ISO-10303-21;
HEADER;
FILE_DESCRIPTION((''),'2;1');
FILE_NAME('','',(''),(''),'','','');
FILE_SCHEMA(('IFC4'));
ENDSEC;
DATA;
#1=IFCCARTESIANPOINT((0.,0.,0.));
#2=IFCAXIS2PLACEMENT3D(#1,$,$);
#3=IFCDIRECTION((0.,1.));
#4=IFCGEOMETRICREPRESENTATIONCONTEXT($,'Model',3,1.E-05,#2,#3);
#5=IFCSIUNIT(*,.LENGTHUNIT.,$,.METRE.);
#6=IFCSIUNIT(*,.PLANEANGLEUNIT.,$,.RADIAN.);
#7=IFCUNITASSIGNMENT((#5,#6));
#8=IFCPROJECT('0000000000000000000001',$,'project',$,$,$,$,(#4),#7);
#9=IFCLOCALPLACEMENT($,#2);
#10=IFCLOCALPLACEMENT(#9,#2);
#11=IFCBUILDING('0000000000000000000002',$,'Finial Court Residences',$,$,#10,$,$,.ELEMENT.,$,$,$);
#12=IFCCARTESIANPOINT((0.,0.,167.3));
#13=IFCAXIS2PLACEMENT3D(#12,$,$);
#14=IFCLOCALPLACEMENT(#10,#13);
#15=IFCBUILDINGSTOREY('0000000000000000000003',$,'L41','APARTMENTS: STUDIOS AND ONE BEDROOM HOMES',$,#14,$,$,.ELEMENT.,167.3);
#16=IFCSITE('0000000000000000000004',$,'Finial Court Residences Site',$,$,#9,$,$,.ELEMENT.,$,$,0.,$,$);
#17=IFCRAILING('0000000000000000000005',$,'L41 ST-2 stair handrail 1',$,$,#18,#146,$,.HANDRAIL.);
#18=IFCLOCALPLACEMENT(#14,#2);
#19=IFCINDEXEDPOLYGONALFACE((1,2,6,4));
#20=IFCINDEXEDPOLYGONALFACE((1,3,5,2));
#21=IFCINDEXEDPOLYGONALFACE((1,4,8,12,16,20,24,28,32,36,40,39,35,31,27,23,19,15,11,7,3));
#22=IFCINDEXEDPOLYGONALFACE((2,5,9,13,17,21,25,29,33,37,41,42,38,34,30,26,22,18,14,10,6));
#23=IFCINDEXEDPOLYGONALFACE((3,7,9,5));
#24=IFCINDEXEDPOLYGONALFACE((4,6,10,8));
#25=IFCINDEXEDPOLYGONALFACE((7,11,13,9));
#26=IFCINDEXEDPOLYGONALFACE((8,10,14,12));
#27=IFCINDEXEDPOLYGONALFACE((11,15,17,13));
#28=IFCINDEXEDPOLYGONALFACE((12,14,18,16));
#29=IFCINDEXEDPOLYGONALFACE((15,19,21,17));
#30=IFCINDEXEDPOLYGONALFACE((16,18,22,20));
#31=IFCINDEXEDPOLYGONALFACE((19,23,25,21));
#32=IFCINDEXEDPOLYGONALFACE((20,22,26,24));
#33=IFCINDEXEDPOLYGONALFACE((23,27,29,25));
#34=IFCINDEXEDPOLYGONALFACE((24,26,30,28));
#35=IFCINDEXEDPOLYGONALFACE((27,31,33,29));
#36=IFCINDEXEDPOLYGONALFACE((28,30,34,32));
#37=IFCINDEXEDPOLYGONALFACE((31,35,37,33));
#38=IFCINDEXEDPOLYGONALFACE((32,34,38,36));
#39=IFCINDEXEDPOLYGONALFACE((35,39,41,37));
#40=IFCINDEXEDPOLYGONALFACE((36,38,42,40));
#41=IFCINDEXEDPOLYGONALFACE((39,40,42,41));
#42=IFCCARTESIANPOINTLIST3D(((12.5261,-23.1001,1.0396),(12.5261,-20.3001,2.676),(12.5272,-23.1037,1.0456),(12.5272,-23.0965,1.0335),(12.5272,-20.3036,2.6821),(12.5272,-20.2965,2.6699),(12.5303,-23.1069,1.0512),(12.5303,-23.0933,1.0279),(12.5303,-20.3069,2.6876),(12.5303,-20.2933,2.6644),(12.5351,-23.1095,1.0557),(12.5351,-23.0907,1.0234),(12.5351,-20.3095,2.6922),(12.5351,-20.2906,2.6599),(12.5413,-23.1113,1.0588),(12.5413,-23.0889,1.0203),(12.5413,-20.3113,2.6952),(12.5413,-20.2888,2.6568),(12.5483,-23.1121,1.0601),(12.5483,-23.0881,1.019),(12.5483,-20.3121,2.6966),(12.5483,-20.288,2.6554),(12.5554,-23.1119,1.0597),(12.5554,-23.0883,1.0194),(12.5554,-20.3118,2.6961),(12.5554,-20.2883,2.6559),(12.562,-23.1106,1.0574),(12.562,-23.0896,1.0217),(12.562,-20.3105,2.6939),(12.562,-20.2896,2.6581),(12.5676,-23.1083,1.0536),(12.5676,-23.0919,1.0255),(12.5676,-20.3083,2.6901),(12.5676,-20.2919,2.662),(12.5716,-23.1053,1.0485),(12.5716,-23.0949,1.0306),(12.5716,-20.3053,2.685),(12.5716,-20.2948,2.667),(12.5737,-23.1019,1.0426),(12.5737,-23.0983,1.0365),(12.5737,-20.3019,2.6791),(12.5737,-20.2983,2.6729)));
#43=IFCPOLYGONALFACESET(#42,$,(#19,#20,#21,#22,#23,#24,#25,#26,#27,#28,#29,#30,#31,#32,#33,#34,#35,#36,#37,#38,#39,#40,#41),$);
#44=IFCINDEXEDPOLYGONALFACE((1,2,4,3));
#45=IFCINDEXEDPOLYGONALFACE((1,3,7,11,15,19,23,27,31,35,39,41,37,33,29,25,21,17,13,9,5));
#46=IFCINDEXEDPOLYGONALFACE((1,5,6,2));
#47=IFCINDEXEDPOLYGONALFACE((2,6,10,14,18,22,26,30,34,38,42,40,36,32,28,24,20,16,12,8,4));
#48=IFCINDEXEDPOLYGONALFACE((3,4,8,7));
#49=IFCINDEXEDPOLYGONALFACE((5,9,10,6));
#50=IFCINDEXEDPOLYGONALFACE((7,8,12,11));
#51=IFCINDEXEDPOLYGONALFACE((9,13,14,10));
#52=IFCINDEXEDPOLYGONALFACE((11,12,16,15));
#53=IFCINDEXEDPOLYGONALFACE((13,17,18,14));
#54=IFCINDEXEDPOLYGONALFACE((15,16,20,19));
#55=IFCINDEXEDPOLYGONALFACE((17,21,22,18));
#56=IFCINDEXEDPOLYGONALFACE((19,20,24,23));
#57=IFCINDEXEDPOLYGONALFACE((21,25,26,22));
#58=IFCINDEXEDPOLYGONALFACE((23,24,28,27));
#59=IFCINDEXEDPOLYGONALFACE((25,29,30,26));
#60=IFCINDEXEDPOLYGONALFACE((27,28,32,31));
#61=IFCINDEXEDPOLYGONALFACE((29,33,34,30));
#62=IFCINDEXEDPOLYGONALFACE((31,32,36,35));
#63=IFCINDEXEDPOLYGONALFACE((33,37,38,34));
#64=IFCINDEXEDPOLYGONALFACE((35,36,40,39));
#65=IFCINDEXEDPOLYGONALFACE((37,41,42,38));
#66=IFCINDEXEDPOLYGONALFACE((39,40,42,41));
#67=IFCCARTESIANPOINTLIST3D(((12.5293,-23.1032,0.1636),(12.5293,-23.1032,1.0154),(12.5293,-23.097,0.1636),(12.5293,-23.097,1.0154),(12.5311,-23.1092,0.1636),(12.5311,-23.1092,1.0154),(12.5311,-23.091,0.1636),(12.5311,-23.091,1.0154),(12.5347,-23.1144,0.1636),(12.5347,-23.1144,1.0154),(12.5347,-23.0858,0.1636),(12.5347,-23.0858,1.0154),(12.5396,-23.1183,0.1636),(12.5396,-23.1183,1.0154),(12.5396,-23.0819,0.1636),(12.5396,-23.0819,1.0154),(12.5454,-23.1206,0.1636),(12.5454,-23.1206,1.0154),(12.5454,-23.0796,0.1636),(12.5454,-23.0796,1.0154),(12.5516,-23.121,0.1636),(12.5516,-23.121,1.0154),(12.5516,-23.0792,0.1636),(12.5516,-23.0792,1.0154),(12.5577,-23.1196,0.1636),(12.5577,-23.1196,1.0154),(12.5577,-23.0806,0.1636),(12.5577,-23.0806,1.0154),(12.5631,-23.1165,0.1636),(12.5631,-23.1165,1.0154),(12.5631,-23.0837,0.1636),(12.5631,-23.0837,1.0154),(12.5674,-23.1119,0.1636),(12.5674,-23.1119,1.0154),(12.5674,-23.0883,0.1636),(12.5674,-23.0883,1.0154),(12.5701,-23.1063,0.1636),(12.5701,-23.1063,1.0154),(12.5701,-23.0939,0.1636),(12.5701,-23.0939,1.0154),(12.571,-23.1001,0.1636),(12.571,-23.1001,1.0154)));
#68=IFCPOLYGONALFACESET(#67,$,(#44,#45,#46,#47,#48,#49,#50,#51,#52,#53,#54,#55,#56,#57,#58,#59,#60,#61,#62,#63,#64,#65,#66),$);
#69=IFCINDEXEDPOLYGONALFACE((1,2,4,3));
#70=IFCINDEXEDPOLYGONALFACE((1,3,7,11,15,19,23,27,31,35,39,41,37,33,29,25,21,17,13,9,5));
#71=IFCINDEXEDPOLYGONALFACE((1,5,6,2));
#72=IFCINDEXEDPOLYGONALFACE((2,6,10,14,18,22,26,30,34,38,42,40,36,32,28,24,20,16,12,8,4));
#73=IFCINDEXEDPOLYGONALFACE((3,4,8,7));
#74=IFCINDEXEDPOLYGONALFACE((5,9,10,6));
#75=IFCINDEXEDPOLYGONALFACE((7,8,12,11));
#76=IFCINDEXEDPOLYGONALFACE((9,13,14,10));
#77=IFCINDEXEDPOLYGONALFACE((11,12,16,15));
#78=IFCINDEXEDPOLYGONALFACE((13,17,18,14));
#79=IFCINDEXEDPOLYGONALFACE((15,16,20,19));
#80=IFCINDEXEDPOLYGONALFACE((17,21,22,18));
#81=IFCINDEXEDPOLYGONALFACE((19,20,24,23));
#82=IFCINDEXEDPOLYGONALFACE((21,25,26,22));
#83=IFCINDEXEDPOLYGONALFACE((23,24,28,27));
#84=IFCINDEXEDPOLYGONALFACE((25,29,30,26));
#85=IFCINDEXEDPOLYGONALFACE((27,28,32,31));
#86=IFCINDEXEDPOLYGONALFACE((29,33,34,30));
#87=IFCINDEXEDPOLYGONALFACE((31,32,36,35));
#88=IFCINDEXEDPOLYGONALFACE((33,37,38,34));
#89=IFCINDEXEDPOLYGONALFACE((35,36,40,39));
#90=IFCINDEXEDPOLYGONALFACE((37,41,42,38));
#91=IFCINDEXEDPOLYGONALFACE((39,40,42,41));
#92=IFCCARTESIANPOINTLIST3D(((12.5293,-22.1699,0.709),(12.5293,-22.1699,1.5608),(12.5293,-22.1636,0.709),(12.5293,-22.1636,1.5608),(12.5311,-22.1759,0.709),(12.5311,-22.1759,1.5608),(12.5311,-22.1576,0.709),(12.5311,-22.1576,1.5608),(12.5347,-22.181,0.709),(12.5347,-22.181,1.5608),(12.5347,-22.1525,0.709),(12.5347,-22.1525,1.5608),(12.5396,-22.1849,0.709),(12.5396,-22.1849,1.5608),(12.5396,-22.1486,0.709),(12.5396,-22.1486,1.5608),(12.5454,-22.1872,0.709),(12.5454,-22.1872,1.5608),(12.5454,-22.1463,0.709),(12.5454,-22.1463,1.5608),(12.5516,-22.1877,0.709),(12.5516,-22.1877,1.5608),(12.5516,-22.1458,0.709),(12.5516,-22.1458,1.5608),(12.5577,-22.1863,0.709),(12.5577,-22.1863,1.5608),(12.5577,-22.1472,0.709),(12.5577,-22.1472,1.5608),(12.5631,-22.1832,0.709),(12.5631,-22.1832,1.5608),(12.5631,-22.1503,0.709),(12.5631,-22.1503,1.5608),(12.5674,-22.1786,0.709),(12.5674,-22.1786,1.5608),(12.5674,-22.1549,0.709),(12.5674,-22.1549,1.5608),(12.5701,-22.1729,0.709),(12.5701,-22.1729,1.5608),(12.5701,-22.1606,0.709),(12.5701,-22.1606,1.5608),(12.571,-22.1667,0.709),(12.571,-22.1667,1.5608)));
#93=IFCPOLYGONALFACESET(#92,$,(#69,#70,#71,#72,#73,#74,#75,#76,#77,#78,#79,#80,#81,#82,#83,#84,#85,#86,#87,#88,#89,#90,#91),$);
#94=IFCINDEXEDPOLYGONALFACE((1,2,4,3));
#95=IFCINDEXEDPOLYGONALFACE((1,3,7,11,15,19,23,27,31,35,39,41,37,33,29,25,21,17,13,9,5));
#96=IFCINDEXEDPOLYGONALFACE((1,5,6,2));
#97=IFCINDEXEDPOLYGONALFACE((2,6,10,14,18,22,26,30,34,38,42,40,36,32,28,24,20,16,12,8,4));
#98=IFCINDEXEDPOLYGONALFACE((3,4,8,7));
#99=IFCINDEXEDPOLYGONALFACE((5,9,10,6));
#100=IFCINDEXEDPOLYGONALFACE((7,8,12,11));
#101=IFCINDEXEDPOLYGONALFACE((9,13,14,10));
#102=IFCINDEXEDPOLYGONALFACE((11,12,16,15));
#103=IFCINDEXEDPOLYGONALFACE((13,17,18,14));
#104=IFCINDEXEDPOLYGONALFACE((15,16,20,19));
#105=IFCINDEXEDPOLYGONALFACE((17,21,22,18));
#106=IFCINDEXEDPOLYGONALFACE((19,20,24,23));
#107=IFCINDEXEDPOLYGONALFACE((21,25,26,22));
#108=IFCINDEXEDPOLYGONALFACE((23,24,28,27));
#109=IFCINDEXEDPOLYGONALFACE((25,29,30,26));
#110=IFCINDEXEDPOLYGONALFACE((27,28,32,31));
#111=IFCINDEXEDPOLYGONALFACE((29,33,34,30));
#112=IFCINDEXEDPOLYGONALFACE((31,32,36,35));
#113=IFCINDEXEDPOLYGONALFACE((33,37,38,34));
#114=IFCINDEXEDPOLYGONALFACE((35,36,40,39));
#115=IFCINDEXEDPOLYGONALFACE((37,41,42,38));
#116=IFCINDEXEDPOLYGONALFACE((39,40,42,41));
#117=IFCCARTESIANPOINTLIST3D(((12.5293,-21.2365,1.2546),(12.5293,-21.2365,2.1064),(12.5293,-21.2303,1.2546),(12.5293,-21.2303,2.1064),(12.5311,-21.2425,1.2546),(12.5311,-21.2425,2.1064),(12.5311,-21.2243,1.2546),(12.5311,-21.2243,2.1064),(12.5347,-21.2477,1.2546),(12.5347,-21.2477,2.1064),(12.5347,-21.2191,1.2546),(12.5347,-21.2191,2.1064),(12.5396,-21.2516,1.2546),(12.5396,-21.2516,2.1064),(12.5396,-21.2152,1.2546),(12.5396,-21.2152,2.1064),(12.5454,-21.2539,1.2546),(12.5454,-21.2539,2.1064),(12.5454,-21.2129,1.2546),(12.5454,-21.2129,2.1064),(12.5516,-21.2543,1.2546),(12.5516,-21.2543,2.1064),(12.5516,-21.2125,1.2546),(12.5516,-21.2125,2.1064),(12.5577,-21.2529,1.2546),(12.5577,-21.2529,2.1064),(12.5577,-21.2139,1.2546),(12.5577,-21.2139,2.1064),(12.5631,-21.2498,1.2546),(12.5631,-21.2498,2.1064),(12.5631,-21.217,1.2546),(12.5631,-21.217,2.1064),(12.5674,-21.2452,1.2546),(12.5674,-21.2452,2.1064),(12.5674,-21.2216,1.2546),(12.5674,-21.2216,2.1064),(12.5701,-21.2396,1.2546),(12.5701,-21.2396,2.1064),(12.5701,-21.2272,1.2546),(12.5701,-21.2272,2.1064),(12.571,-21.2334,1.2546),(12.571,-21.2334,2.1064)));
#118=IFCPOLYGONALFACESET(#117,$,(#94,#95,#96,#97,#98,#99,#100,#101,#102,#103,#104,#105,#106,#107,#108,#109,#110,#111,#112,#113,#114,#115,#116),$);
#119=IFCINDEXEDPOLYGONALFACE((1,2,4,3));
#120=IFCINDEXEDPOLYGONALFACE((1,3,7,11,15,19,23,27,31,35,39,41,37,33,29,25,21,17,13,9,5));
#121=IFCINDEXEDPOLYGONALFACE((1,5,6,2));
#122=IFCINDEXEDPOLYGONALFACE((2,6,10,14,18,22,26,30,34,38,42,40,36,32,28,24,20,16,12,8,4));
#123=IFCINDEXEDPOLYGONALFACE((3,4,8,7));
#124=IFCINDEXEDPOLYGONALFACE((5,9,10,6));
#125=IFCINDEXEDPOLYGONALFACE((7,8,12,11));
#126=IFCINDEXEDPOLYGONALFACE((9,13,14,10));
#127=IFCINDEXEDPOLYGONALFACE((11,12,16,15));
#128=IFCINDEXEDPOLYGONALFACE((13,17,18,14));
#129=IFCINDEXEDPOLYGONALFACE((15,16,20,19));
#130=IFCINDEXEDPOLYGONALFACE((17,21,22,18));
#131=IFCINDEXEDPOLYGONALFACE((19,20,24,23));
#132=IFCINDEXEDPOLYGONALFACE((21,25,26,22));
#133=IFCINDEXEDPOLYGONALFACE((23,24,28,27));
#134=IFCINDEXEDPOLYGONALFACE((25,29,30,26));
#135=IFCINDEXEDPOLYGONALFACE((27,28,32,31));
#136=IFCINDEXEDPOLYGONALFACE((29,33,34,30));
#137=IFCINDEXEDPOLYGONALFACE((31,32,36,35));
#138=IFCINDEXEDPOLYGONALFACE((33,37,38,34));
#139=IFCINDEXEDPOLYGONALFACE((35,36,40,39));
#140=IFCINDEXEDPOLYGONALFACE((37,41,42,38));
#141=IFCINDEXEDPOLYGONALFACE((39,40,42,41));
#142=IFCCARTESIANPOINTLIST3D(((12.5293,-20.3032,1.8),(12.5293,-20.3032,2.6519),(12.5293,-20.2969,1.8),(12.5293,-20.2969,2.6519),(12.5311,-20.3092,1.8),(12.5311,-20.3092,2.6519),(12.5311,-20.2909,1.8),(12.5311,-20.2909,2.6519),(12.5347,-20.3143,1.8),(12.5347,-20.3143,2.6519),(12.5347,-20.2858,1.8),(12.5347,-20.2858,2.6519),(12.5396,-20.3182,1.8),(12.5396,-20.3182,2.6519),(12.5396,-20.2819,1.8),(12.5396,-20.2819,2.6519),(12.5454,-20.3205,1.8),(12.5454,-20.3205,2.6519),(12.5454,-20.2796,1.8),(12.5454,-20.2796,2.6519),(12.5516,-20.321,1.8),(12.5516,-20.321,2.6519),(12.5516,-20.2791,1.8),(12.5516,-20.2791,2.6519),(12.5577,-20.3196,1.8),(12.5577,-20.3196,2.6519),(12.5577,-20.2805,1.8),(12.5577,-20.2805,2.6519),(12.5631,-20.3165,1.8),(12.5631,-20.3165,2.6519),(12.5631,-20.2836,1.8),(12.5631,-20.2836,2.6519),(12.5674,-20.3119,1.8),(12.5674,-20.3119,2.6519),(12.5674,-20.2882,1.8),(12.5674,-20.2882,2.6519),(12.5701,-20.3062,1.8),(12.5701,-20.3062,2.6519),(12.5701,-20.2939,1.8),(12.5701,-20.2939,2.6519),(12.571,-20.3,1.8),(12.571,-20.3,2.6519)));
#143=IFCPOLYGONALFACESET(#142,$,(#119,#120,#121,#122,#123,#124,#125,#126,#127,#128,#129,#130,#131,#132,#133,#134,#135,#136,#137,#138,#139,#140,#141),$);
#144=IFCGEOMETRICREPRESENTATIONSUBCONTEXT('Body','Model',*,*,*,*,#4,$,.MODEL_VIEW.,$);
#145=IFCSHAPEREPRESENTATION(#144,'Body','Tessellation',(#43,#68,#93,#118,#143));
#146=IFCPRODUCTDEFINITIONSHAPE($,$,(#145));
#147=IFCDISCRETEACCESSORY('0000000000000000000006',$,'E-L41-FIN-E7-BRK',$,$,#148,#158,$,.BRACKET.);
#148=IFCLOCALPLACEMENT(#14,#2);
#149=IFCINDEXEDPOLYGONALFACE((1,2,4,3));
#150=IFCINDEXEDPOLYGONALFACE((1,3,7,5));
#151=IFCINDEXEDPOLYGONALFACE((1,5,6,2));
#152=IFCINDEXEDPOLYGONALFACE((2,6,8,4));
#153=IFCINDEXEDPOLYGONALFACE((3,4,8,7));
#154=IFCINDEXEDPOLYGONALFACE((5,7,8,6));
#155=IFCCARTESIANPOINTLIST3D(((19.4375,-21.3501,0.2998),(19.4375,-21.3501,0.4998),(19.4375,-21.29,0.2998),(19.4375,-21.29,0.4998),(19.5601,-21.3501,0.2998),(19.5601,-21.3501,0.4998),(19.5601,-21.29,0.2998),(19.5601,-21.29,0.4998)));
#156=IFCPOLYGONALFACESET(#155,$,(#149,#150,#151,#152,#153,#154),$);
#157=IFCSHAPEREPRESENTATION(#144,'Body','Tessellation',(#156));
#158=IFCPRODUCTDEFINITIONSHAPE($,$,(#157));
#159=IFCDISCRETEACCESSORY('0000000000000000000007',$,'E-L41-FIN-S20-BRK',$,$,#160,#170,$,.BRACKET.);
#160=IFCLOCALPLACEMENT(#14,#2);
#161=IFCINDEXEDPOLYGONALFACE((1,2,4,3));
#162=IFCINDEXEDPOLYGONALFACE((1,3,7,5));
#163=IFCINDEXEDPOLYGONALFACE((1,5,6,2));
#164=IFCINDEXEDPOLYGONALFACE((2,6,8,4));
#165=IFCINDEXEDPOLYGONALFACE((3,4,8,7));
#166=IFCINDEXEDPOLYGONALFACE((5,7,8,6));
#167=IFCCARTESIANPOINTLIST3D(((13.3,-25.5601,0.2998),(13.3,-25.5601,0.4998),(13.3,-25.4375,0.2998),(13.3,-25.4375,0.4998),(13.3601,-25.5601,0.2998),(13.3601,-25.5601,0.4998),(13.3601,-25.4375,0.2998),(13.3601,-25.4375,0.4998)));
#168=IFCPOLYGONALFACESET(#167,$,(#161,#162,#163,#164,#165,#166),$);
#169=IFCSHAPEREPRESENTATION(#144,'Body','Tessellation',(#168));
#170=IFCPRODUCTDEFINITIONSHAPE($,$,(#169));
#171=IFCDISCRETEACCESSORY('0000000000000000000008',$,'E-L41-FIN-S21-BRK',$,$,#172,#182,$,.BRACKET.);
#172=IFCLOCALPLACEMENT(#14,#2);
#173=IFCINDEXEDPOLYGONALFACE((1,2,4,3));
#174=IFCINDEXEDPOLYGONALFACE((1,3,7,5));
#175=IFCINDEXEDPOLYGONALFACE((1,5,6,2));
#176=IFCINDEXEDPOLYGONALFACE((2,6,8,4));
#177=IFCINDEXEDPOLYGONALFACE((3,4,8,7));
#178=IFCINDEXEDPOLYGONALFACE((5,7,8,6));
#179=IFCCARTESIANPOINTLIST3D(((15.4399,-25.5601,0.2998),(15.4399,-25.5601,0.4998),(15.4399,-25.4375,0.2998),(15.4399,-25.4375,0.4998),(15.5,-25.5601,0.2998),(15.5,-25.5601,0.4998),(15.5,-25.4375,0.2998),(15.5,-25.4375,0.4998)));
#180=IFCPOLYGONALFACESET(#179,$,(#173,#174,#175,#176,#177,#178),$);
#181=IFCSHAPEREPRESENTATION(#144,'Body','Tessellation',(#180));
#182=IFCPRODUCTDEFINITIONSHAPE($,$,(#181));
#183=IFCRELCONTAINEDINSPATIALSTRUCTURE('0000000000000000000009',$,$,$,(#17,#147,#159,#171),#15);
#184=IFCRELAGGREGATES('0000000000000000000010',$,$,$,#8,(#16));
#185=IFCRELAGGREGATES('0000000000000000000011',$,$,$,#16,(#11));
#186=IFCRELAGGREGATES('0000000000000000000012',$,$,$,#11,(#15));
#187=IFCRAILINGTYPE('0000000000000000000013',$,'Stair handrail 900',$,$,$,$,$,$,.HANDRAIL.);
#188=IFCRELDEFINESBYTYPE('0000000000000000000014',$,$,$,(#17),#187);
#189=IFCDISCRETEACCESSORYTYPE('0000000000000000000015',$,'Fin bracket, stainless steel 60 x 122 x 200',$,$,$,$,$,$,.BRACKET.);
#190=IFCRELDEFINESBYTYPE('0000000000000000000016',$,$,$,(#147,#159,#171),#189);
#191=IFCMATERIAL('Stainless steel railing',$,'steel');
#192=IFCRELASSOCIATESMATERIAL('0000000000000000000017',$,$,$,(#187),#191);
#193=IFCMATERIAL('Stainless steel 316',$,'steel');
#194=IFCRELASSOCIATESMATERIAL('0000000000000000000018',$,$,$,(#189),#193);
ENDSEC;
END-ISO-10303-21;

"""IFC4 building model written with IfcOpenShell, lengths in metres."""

from ifc_helpers import new_model, si_unit, direction, frame, origin, origin_2d, place, context, subcontext, project, spatial, rectangle, circle, extrude, material, type_object, element, save


model = new_model("IFC4")

# Units and contexts
model_context = context("Model", 3, precision=1e-05, world=origin(), true_north=direction((0.0, 1.0)))
body_context = subcontext(model_context, "Body", "Model", "MODEL_VIEW")
ifc_project = project(units=[si_unit("LENGTHUNIT", "METRE"), si_unit("PLANEANGLEUNIT", "RADIAN")], contexts=[model_context])

# Site, building, storey
site_placement = place(None, origin())
site = spatial("IfcSite", under=ifc_project, at=site_placement, Name="Finial Court Residences Site", CompositionType="ELEMENT", RefElevation=0.0)
building_placement = place(site_placement, origin())
building = spatial("IfcBuilding", under=site, at=building_placement, Name="Finial Court Residences", CompositionType="ELEMENT")
storey_placement = place(building_placement, frame((0.0, 0.0, 167.3)))
storey = spatial("IfcBuildingStorey", under=building, at=storey_placement, Name="L41", Description="APARTMENTS: STUDIOS AND ONE BEDROOM HOMES", CompositionType="ELEMENT", Elevation=167.3)

# Railing
ifc_material_1 = material(Name="Stainless steel railing", Category="steel")
railing_type = type_object("IfcRailingType", Name="Stair handrail 900", PredefinedType="HANDRAIL", material=ifc_material_1)
railing_placement = place(storey_placement, frame((12.55, -23.1001, 0.1636)))
element("IfcRailing", 1, at=railing_placement, inside=storey, type_object=railing_type, Name="L41 ST-2 stair handrail 1", PredefinedType="HANDRAIL", context=body_context, shape_type="SweptSolid", body=[
    extrude(circle(Radius=0.0239, at=origin_2d()), frame((0.0, 0.0, 0.876), z_axis=(0.0, 0.863361, 0.504587), x_axis=(-1.0, 0.0, 0.0)), (0.0, 0.0, 1.0), 3.2432),
    extrude(circle(Radius=0.021, at=origin_2d()), origin(), (0.0, 0.0, 1.0), 0.8518),
    extrude(circle(Radius=0.021, at=origin_2d()), frame((0.0, 0.9333, 0.5454)), (0.0, 0.0, 1.0), 0.8518),
    extrude(circle(Radius=0.021, at=origin_2d()), frame((0.0, 1.8667, 1.0911)), (0.0, 0.0, 1.0), 0.8518),
    extrude(circle(Radius=0.021, at=origin_2d()), frame((0.0, 2.8, 1.6365)), (0.0, 0.0, 1.0), 0.8518),
])

# Discrete accessories
ifc_material_2 = material(Name="Stainless steel 316", Category="steel")
discrete_accessory_type = type_object("IfcDiscreteAccessoryType", Name="Fin bracket, stainless steel 60 x 122 x 200", PredefinedType="BRACKET", material=ifc_material_2)
discrete_accessory_placement = place(storey_placement, frame((19.4988, -21.3201, 0.2998), z_axis=(0.0, 0.0, 1.0), x_axis=(1.0, 0.0, 0.0)))
element("IfcDiscreteAccessory", 2, at=discrete_accessory_placement, inside=storey, type_object=discrete_accessory_type, Name="E-L41-FIN-E7-BRK", PredefinedType="BRACKET", context=body_context, shape_type="SweptSolid", body=[
    extrude(rectangle(XDim=0.1226, YDim=0.0601, at=origin_2d()), origin(), (0.0, 0.0, 1.0), 0.2),
])
for number, where, z_axis, x_axis, name in (
    (3, (13.3301, -25.4988, 0.2998), (0.0, 0.0, 1.0), (1.0, 0.0, 0.0), "E-L41-FIN-S20-BRK"),
    (4, (15.47, -25.4988, 0.2998), (0.0, 0.0, 1.0), (1.0, 0.0, 0.0), "E-L41-FIN-S21-BRK"),
):
    element("IfcDiscreteAccessory", number, at=place(storey_placement, frame(where, z_axis=z_axis, x_axis=x_axis)), inside=storey, type_object=discrete_accessory_type, Name=name, PredefinedType="BRACKET", context=body_context, shape_type="SweptSolid", body=[
        extrude(rectangle(XDim=0.0601, YDim=0.1226, at=origin_2d()), origin(), (0.0, 0.0, 1.0), 0.2),
    ])

save(model, "model.ifc")
